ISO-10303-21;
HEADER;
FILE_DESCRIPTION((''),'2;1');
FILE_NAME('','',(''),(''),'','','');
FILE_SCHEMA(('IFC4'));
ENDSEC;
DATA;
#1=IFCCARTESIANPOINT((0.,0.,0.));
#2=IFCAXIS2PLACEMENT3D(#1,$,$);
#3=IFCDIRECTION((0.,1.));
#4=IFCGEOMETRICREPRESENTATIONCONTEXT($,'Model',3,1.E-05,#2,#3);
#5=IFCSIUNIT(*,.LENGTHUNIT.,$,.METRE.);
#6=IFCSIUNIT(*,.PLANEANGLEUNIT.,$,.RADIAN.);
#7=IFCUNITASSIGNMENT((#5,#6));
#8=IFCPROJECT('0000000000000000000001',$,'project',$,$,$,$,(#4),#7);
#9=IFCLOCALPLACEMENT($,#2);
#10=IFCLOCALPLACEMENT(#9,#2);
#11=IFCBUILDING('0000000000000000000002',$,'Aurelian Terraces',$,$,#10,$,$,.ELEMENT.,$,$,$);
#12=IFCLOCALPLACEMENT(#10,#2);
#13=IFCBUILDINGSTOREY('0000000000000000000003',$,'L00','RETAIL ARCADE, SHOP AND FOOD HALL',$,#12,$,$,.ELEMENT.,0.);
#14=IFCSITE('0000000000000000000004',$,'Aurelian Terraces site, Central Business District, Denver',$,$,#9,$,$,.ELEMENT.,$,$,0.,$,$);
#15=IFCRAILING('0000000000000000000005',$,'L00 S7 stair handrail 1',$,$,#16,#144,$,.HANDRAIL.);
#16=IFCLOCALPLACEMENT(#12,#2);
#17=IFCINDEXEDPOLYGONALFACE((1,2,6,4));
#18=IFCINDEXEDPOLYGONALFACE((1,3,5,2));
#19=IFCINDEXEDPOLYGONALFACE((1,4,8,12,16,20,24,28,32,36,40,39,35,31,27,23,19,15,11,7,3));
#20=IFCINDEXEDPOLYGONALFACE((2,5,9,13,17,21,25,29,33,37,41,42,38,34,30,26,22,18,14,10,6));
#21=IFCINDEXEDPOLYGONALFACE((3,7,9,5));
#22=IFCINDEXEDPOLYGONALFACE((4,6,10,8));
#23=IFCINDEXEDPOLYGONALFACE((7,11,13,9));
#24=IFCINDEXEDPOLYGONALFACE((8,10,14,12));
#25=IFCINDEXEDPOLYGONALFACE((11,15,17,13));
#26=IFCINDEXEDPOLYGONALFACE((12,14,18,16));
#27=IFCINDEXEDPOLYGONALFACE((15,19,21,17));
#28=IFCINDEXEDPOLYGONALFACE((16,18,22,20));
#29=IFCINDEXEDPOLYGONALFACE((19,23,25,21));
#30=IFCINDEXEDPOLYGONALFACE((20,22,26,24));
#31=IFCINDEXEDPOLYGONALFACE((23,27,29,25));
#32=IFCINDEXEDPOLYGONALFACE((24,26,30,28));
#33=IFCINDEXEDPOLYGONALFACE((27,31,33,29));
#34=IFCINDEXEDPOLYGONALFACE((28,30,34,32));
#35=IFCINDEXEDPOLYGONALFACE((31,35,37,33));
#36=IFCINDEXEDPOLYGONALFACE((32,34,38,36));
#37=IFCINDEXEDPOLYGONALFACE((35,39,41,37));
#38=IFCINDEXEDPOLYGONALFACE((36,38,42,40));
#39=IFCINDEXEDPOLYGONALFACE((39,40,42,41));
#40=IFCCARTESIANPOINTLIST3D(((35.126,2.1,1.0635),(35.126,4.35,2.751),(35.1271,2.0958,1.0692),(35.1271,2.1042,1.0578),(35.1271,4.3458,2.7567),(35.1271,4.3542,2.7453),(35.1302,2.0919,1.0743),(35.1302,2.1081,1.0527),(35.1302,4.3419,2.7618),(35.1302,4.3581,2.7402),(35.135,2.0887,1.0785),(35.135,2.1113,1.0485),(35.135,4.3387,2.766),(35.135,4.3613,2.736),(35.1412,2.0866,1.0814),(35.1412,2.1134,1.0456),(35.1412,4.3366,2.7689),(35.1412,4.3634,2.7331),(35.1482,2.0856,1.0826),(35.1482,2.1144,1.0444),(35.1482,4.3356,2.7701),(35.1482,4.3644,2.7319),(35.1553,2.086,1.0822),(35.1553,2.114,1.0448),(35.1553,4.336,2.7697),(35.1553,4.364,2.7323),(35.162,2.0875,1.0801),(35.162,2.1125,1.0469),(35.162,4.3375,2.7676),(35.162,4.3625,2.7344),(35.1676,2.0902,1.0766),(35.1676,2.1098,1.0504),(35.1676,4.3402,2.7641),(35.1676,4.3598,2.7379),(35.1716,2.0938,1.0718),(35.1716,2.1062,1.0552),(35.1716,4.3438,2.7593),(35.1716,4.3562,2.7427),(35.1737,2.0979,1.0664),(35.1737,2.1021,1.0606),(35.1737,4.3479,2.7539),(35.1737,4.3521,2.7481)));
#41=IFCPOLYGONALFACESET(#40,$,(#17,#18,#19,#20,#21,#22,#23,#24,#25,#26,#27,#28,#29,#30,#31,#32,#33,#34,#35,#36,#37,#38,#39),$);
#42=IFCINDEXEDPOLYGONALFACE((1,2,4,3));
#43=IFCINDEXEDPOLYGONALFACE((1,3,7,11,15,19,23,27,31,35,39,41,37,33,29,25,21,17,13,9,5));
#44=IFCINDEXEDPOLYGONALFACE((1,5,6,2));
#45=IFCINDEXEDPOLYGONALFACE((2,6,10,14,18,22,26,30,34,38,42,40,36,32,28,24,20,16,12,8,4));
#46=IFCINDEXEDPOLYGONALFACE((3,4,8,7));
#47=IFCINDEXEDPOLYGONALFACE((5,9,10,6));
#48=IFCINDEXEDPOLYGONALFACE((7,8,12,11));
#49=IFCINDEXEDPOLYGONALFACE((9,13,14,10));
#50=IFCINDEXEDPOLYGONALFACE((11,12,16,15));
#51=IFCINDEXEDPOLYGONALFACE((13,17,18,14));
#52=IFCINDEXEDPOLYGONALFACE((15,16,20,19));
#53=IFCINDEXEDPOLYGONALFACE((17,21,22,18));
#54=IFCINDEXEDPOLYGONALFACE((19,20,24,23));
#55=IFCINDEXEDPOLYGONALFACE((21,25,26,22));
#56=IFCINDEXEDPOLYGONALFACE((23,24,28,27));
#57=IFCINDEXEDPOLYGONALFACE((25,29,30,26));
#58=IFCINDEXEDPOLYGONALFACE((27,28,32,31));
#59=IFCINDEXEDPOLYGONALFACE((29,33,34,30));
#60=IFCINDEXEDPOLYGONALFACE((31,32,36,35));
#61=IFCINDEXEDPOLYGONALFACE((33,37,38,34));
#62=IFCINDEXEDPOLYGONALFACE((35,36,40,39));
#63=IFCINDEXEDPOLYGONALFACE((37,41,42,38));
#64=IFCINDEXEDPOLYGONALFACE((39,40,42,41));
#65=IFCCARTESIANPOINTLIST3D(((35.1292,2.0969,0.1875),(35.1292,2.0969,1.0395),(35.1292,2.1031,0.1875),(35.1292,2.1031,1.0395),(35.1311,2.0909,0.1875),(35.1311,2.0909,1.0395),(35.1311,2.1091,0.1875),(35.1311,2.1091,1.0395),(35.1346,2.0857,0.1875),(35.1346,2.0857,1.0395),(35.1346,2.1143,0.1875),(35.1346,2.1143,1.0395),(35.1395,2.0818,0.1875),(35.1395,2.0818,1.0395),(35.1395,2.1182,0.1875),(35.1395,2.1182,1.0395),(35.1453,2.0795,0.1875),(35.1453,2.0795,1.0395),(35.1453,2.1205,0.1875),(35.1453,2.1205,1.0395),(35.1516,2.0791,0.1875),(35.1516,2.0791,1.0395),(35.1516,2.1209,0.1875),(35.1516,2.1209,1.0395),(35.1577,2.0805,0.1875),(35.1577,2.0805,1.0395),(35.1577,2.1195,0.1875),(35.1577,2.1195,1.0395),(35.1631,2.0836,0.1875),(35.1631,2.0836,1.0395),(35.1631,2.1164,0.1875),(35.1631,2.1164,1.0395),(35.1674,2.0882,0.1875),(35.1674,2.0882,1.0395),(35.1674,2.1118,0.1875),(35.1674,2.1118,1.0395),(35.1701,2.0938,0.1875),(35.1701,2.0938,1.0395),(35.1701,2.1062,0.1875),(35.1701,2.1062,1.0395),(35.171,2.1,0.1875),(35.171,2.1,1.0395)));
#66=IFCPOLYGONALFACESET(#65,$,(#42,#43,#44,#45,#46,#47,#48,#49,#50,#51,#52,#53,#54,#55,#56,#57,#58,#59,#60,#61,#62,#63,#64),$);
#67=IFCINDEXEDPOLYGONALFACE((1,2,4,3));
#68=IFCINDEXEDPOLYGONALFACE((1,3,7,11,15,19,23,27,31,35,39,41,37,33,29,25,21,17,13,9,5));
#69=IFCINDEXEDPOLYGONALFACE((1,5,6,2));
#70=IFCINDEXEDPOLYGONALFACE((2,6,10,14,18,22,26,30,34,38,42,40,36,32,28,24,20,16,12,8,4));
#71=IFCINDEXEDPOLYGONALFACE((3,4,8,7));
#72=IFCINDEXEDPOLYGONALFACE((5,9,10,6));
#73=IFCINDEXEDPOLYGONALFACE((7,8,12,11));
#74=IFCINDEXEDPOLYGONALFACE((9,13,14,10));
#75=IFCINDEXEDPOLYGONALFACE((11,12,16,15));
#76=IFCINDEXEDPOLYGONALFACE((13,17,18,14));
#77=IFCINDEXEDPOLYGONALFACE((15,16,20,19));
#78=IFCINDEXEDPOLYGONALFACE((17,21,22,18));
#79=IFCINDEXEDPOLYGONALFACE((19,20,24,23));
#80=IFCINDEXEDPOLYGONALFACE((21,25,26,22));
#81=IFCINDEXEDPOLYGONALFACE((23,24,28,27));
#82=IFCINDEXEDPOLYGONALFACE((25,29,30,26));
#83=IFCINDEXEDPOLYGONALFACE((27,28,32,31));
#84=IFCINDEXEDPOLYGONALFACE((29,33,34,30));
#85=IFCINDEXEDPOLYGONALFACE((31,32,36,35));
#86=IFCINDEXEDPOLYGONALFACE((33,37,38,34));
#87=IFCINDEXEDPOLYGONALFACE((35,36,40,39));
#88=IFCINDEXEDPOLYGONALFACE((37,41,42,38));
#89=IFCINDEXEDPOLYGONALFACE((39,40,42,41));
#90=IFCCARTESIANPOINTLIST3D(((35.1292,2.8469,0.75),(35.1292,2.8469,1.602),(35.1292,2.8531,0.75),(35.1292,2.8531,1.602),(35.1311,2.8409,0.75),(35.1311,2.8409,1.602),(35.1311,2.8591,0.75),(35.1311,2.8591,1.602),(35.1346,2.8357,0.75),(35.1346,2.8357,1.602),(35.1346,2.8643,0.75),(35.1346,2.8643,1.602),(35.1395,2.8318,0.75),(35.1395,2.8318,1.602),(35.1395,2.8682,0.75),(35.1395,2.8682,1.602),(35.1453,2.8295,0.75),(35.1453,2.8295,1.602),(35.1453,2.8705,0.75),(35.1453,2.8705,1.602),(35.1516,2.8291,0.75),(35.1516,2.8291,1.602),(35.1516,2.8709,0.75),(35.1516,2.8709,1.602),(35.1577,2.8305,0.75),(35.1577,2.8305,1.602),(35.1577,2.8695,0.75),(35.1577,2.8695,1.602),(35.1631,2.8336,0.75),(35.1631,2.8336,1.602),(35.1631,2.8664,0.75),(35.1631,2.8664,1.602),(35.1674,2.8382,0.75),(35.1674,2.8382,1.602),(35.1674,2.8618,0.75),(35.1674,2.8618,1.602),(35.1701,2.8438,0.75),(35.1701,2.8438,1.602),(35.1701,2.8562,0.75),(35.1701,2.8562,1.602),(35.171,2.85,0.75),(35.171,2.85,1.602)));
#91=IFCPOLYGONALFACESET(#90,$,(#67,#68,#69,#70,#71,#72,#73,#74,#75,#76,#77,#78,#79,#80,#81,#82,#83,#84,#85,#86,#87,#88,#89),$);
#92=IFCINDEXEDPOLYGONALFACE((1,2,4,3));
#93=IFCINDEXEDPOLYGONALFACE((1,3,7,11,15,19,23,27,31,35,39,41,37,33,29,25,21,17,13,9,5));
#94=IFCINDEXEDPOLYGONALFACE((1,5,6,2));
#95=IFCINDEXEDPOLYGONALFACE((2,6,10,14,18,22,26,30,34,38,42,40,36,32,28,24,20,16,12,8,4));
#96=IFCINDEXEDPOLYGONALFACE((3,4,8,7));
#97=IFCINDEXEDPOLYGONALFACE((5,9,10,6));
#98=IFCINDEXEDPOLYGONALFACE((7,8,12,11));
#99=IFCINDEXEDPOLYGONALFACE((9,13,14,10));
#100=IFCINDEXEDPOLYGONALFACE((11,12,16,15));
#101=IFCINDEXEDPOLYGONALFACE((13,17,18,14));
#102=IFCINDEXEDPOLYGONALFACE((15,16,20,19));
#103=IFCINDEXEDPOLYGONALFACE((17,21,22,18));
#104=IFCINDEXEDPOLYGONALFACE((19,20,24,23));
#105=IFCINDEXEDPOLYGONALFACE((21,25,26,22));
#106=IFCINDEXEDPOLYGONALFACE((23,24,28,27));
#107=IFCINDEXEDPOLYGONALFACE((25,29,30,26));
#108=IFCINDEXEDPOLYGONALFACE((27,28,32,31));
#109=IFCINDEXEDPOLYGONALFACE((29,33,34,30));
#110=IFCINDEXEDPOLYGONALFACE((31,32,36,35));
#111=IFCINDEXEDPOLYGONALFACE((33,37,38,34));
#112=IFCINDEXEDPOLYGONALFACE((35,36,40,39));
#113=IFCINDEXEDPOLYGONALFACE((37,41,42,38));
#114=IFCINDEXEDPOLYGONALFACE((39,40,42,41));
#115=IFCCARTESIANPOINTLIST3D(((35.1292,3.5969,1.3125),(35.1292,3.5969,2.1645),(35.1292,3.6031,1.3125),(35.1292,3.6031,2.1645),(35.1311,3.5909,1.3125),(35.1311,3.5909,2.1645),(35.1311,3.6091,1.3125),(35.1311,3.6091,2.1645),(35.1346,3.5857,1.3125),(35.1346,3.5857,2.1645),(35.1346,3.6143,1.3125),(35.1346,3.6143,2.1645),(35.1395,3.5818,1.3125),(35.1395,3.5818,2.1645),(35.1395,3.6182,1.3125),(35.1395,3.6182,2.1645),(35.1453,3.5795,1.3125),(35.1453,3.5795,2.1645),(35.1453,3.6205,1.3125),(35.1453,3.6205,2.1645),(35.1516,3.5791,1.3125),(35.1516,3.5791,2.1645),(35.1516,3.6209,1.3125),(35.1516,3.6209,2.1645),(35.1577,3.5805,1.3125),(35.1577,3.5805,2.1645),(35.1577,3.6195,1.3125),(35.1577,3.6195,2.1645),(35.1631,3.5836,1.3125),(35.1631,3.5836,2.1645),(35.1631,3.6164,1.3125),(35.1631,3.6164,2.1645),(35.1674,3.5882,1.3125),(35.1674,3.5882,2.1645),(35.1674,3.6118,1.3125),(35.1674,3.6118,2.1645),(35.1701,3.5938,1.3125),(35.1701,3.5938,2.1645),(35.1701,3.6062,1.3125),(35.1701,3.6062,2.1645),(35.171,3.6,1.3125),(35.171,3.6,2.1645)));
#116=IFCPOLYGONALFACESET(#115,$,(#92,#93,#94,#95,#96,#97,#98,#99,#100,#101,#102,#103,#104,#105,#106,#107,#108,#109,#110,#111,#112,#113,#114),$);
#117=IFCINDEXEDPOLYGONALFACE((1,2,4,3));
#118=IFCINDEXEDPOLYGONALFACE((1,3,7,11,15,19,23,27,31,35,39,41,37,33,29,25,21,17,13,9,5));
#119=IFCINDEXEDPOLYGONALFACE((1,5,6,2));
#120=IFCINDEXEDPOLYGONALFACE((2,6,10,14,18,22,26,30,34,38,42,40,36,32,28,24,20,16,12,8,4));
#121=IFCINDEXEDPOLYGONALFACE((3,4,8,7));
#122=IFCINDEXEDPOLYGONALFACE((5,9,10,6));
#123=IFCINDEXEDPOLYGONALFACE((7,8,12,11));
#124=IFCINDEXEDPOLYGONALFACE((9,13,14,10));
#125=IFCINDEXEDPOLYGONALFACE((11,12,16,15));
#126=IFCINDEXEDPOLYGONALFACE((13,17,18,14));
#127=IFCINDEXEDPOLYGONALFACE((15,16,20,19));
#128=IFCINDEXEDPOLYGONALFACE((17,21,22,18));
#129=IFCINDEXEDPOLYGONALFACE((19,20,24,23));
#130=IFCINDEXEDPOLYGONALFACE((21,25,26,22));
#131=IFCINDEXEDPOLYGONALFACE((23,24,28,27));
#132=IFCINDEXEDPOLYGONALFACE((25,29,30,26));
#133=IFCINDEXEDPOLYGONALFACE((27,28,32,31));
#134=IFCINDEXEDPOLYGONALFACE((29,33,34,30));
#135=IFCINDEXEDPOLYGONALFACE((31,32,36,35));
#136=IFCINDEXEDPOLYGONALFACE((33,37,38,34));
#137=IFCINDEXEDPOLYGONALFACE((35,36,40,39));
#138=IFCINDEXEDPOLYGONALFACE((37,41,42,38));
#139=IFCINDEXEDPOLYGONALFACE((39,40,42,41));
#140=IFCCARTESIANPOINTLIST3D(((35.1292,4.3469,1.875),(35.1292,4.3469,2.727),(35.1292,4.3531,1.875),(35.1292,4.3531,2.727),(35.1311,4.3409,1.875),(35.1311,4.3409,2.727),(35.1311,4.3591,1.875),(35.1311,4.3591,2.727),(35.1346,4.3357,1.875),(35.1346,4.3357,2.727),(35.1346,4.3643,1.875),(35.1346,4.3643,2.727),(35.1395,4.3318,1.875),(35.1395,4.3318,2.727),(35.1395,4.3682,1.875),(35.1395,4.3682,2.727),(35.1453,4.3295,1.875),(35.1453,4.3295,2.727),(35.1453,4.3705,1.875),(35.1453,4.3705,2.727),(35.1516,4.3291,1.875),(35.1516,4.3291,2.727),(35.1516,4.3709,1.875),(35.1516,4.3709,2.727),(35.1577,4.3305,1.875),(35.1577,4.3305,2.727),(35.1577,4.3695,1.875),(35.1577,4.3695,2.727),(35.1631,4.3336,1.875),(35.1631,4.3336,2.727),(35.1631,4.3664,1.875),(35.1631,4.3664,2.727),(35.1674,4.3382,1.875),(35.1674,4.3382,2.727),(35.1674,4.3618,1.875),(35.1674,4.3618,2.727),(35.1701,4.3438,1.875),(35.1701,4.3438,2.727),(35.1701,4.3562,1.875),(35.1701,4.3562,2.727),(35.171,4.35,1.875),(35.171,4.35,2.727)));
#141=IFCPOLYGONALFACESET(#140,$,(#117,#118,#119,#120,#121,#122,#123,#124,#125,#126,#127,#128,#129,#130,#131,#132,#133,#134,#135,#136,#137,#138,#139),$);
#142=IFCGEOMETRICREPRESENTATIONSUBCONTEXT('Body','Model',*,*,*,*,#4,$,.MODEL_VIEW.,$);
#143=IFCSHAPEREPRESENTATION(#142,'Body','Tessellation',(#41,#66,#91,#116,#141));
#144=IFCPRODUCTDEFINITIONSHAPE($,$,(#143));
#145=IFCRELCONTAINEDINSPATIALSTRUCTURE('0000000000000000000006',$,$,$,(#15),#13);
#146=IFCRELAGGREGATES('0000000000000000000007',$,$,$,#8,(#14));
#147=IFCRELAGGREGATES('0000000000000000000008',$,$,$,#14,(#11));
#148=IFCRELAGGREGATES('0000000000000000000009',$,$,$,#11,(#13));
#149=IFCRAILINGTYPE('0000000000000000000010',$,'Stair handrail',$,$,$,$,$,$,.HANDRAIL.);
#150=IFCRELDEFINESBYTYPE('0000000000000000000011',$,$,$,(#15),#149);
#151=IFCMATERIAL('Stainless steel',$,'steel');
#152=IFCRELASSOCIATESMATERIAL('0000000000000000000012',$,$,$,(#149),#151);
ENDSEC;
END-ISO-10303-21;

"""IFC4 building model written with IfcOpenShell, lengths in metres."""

from ifc_helpers import new_model, si_unit, direction, frame, origin, origin_2d, place, context, subcontext, project, spatial, circle, extrude, source, transform, mapped, material, type_object, element, save


model = new_model("IFC4")

# Units and contexts
model_context = context("Model", 3, precision=1e-05, world=origin(), true_north=direction((0.0, 1.0)))
body_context = subcontext(model_context, "Body", "Model", "MODEL_VIEW")
ifc_project = project(units=[si_unit("LENGTHUNIT", "METRE"), si_unit("PLANEANGLEUNIT", "RADIAN")], contexts=[model_context])

# Site, building, storey
site_placement = place(None, origin())
site = spatial("IfcSite", under=ifc_project, at=site_placement, Name="Aurelian Terraces site, Central Business District, Denver", CompositionType="ELEMENT", RefElevation=0.0)
building_placement = place(site_placement, origin())
building = spatial("IfcBuilding", under=site, at=building_placement, Name="Aurelian Terraces", CompositionType="ELEMENT")
storey_placement = place(building_placement, origin())
storey = spatial("IfcBuildingStorey", under=building, at=storey_placement, Name="L00", Description="RETAIL ARCADE, SHOP AND FOOD HALL", CompositionType="ELEMENT", Elevation=0.0)

# Railing
ifc_material_1 = material(Name="Stainless steel", Category="steel")
railing_type_1 = type_object("IfcRailingType", Name="Stair handrail", PredefinedType="HANDRAIL", material=ifc_material_1)
shared_shape_1 = source(origin(), body_context, "Body", "SweptSolid", [
    extrude(circle(Radius=0.024, at=origin_2d()), frame((0.0, 0.0, 0.876), z_axis=(0.0, 0.8, 0.6), x_axis=(-1.0, 0.0, 0.0)), (0.0, 0.0, 1.0), 2.8125),
    extrude(circle(Radius=0.021, at=origin_2d()), origin(), (0.0, 0.0, 1.0), 0.852),
    extrude(circle(Radius=0.021, at=origin_2d()), frame((0.0, 0.75, 0.5625)), (0.0, 0.0, 1.0), 0.852),
    extrude(circle(Radius=0.021, at=origin_2d()), frame((0.0, 1.5, 1.125)), (0.0, 0.0, 1.0), 0.852),
    extrude(circle(Radius=0.021, at=origin_2d()), frame((0.0, 2.25, 1.6875)), (0.0, 0.0, 1.0), 0.852),
])
for number, where, name in (
    (1, (35.15, 2.1, 0.1875), "L00 S7 stair handrail 1"),
):
    element("IfcRailing", number, at=place(storey_placement, frame(where)), inside=storey, type_object=railing_type_1, Name=name, PredefinedType="HANDRAIL", context=body_context, shape_type="MappedRepresentation", body=[
        mapped(shared_shape_1, transform((0.0, 0.0, 0.0), scale=1.0)),
    ])

save(model, "model.ifc")
